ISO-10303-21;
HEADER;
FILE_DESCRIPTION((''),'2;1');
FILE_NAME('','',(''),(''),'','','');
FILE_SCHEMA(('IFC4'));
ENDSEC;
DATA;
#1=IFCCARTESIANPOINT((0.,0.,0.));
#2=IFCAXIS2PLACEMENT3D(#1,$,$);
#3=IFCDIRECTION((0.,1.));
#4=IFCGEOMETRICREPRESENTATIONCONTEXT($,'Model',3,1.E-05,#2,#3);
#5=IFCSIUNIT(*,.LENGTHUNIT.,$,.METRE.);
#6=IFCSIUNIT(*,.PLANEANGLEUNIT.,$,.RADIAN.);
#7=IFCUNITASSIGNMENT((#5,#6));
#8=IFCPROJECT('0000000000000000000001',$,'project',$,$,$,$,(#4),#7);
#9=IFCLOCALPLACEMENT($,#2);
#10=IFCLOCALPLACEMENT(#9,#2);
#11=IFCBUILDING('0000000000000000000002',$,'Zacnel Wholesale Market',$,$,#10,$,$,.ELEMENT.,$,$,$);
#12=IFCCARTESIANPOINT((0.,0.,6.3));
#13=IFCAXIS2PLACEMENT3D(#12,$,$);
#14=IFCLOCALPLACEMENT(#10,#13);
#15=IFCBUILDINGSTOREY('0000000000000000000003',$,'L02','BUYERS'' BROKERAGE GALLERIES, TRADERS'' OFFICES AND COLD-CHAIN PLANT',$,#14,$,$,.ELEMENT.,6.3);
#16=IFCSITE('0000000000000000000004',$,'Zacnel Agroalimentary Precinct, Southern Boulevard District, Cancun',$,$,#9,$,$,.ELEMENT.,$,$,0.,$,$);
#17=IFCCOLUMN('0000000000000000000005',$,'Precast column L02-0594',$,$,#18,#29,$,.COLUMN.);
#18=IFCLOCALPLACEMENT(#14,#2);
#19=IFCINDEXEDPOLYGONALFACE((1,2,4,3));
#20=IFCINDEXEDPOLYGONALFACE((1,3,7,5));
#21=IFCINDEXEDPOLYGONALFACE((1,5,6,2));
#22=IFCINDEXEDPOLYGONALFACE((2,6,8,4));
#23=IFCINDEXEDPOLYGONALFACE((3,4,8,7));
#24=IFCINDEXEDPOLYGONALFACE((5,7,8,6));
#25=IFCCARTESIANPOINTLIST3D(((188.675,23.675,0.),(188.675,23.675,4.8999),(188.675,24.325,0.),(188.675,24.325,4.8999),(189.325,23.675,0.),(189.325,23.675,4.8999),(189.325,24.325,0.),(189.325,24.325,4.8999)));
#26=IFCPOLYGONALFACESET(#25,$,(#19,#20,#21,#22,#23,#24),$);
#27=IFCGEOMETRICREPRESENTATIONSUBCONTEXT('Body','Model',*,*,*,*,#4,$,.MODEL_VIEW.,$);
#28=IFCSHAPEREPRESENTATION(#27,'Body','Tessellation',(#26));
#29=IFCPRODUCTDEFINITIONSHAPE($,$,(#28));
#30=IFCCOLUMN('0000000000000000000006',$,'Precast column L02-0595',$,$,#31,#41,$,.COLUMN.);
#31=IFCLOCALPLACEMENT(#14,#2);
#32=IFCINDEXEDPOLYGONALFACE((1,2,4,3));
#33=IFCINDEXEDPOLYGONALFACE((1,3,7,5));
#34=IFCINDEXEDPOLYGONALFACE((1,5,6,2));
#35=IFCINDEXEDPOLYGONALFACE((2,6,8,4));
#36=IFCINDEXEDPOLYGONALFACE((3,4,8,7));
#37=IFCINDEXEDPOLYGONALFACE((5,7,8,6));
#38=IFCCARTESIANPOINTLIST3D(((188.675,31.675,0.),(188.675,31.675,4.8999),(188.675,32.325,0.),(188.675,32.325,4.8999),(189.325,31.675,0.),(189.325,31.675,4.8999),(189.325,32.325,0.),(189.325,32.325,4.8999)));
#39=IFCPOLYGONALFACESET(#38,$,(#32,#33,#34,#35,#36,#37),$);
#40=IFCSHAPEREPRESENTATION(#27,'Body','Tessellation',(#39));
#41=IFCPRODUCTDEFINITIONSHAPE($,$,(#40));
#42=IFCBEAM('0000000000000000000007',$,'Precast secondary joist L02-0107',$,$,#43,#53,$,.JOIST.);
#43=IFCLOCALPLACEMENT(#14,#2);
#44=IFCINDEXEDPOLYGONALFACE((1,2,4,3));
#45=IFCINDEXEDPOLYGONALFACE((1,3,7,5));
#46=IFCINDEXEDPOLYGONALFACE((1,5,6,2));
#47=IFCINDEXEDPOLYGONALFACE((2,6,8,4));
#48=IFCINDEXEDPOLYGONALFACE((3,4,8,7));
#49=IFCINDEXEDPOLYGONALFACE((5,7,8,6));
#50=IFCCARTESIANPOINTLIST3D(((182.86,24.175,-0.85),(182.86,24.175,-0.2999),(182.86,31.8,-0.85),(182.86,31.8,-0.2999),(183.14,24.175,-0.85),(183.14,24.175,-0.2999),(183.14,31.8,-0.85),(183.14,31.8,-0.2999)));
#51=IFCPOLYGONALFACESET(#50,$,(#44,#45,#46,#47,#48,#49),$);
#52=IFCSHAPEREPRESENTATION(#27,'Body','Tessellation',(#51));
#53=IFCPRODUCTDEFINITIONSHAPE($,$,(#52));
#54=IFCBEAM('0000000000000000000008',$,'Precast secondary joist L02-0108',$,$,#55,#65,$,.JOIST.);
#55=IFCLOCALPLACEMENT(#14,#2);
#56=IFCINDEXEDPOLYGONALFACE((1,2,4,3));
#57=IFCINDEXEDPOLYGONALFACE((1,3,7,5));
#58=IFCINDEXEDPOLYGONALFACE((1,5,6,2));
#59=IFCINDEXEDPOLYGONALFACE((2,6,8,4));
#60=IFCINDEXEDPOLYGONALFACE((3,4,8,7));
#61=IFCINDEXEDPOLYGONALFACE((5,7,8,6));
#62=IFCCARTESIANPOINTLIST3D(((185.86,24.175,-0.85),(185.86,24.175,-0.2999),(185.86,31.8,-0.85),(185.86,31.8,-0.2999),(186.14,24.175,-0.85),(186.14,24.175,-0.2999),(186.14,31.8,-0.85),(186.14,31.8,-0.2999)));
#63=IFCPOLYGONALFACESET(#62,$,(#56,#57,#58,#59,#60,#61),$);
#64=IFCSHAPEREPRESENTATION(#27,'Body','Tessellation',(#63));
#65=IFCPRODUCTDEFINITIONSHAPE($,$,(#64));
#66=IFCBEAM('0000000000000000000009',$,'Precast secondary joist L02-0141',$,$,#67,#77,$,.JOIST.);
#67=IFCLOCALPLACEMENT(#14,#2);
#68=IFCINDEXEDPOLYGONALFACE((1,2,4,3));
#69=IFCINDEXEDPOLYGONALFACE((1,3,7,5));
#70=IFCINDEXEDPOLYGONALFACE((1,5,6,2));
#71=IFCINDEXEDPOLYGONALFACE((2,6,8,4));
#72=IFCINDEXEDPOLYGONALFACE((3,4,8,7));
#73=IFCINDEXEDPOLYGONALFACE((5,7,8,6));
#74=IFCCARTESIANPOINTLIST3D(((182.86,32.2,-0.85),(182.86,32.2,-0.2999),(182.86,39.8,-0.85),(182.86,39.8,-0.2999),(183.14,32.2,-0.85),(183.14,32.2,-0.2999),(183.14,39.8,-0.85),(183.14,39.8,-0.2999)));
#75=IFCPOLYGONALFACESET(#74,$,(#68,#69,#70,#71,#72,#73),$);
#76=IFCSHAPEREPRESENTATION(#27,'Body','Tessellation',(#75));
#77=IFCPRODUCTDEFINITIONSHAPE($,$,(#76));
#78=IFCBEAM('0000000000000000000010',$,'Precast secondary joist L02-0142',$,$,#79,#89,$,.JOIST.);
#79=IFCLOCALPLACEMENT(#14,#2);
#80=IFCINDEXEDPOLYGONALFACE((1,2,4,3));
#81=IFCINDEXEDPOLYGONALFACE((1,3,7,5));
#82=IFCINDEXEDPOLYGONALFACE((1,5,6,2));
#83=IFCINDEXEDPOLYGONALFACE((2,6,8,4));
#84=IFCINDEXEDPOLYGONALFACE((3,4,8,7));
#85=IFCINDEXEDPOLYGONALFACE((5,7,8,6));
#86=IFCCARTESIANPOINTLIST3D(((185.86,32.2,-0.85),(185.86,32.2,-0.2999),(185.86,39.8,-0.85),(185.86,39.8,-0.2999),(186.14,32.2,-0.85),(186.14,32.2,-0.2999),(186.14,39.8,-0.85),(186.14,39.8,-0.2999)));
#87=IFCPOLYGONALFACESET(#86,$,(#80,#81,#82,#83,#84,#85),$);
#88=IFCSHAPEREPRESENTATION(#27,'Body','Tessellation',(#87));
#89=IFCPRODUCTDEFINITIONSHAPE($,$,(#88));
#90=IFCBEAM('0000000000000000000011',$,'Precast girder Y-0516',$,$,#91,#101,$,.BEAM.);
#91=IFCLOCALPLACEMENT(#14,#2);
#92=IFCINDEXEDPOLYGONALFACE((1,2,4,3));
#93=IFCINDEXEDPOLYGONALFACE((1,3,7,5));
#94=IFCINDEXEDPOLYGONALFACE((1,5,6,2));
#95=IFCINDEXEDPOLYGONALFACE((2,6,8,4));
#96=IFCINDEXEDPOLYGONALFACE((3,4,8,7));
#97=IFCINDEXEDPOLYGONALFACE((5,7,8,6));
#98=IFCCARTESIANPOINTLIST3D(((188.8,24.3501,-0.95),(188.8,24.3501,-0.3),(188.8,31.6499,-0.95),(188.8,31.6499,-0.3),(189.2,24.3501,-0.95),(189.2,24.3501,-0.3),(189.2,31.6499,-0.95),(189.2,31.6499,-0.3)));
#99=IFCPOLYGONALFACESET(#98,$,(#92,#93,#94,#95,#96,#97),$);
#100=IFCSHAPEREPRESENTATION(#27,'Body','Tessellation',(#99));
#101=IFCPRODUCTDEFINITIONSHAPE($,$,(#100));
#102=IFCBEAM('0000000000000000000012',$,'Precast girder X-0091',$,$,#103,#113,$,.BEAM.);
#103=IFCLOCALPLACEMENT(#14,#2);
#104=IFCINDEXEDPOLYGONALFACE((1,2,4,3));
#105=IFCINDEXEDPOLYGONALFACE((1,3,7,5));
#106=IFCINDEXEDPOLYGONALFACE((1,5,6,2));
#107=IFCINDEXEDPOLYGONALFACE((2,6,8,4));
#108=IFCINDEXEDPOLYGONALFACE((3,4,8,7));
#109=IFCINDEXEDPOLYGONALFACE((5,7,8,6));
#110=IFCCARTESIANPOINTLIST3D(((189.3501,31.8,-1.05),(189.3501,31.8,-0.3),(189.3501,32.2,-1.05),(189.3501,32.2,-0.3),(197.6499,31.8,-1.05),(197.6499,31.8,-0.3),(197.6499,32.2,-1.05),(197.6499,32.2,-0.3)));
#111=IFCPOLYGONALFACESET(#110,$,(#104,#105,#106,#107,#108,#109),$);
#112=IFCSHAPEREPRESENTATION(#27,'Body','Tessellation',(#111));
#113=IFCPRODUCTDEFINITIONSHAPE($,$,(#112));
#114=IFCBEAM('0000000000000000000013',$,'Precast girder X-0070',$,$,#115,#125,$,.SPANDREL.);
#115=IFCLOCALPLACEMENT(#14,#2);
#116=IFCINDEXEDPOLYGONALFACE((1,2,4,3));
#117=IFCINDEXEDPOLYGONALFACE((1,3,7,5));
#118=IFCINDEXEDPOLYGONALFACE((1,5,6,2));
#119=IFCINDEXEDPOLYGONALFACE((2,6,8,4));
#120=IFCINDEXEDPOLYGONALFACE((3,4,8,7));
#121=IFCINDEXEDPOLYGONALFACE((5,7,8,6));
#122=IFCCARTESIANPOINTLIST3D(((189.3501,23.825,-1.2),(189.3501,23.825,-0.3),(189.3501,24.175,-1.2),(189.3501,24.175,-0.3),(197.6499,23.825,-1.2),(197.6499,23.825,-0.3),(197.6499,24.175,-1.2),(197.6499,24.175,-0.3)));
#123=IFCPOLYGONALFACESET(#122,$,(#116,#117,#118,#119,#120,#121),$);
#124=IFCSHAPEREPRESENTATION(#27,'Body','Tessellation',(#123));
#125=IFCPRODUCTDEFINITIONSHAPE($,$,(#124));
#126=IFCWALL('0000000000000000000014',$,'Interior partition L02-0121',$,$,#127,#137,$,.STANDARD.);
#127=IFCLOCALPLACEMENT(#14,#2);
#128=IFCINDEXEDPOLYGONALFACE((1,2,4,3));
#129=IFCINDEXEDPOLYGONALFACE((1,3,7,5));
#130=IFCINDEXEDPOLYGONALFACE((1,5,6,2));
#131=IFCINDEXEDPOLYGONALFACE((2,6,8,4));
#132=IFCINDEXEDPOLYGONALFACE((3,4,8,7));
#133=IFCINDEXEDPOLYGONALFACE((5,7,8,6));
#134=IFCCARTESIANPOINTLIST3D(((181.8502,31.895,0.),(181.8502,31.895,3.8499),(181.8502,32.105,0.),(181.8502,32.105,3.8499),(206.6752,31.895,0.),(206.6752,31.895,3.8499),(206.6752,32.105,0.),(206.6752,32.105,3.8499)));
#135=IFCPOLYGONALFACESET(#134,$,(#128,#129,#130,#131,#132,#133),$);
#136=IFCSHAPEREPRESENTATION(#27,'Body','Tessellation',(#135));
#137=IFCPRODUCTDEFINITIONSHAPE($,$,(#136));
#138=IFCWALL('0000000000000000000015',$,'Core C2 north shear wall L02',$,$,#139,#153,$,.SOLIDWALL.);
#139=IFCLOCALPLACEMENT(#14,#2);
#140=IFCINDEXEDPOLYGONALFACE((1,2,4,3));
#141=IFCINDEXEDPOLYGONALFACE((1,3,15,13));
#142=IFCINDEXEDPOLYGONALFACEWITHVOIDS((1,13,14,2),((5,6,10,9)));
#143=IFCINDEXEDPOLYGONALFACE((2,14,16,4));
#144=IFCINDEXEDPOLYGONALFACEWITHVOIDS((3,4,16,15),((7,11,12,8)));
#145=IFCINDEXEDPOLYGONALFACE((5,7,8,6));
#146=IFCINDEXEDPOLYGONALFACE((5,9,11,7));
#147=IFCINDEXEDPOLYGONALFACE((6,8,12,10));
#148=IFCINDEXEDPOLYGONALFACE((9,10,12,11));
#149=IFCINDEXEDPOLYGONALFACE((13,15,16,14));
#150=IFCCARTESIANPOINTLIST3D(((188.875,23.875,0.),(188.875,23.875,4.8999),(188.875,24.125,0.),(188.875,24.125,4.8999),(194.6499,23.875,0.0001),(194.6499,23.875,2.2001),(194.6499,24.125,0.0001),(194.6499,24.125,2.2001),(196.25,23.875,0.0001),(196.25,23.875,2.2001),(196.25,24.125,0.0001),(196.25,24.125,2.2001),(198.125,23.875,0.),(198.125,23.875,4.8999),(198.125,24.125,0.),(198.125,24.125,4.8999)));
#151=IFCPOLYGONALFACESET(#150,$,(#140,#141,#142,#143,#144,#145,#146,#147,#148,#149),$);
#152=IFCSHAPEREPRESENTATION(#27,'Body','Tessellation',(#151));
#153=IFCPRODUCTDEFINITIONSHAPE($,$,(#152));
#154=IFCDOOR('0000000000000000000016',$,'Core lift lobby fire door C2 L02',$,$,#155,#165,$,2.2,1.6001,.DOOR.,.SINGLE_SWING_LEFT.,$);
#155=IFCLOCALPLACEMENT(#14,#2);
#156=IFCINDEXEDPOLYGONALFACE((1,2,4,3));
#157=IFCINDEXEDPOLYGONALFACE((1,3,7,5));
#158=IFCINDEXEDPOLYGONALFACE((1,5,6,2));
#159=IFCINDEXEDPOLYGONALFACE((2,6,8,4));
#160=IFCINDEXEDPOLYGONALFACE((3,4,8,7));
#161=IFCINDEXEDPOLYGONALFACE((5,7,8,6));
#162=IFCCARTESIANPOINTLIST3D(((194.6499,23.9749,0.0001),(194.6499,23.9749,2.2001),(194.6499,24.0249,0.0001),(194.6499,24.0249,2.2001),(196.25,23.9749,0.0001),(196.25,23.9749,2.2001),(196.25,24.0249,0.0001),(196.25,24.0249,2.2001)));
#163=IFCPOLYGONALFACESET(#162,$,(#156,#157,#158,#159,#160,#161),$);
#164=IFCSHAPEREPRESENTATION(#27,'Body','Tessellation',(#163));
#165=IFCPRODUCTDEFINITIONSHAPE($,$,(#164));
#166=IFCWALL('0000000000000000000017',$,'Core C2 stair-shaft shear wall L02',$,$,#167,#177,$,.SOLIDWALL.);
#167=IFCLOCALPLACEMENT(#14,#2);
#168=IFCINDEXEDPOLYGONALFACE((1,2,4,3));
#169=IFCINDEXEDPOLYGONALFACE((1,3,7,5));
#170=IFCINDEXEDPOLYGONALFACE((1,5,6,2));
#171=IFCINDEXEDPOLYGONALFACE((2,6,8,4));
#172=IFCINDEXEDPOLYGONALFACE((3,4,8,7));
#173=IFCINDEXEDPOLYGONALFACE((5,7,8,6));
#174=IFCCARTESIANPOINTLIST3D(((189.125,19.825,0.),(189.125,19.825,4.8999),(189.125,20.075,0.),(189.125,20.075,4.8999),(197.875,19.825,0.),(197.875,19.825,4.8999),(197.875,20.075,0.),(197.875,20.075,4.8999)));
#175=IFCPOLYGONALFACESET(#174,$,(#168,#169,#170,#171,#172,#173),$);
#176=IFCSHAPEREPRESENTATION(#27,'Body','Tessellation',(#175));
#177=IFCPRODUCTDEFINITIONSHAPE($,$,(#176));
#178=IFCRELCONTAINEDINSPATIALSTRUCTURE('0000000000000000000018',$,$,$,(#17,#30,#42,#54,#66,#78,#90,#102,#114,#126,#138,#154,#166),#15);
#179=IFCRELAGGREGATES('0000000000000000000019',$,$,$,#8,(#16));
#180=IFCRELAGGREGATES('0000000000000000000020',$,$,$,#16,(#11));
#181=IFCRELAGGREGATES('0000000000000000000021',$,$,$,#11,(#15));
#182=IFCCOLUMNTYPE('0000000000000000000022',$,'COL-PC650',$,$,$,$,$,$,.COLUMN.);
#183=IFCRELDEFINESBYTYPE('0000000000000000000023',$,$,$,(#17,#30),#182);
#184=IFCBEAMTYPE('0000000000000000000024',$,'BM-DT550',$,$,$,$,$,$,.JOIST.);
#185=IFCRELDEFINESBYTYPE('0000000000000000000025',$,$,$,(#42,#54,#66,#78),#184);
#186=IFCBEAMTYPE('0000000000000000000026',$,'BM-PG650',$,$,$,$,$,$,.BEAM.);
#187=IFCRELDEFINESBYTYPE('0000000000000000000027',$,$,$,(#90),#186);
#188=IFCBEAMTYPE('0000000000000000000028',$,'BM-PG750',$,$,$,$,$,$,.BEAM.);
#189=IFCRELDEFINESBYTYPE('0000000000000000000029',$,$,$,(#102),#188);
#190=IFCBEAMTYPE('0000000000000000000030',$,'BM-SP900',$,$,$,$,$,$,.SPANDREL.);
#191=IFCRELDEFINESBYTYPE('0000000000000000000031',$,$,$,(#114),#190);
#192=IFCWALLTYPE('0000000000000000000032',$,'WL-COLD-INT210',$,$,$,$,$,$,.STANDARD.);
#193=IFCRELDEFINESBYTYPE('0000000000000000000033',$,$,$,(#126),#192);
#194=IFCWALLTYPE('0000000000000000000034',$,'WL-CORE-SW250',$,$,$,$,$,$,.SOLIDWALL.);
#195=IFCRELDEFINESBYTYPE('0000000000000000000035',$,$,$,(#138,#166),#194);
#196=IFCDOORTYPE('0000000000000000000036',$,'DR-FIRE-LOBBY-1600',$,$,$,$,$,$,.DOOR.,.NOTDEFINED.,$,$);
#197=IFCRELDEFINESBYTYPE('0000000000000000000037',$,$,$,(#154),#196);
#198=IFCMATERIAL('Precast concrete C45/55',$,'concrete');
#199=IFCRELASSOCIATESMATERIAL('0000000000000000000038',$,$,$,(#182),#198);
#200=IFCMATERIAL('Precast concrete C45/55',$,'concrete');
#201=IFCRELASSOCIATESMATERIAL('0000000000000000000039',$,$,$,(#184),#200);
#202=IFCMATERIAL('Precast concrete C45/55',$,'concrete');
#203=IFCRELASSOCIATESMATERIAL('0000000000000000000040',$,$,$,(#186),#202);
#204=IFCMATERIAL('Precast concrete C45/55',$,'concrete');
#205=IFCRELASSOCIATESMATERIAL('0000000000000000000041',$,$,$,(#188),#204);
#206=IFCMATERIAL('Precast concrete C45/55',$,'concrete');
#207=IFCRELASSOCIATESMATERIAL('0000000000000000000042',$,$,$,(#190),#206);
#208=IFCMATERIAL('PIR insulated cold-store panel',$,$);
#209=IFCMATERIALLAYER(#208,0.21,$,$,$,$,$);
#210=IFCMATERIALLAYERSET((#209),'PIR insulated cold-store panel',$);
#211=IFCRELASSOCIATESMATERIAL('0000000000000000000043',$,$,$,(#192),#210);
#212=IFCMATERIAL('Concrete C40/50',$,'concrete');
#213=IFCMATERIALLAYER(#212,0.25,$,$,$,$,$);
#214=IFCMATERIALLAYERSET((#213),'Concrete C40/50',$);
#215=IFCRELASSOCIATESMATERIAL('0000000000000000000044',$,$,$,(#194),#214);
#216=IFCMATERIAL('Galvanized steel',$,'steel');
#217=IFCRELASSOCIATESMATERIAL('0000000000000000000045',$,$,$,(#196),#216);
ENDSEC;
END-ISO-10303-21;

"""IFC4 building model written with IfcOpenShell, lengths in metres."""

from ifc_helpers import new_model, si_unit, direction, frame, frame_2d, origin, origin_2d, place, context, subcontext, project, spatial, rectangle, extrude, material, layer, layer_set, material_profile, profile_set, type_object, element, fill, save


model = new_model("IFC4")

# Units and contexts
model_context = context("Model", 3, precision=1e-05, world=origin(), true_north=direction((0.0, 1.0)))
body_context = subcontext(model_context, "Body", "Model", "MODEL_VIEW")
ifc_project = project(units=[si_unit("LENGTHUNIT", "METRE"), si_unit("PLANEANGLEUNIT", "RADIAN")], contexts=[model_context])

# Site, building, storey
site_placement = place(None, origin())
site = spatial("IfcSite", under=ifc_project, at=site_placement, Name="Zacnel Agroalimentary Precinct, Southern Boulevard District, Cancun", CompositionType="ELEMENT", RefElevation=0.0)
building_placement = place(site_placement, origin())
building = spatial("IfcBuilding", under=site, at=building_placement, Name="Zacnel Wholesale Market", CompositionType="ELEMENT")
storey_placement = place(building_placement, frame((0.0, 0.0, 6.3)))
storey = spatial("IfcBuildingStorey", under=building, at=storey_placement, Name="L02", Description="BUYERS' BROKERAGE GALLERIES, TRADERS' OFFICES AND COLD-CHAIN PLANT", CompositionType="ELEMENT", Elevation=6.3)

# Columns
ifc_material_1 = material(Name="Precast concrete C45/55", Category="concrete")
ifc_material_profile_1 = material_profile(ifc_material_1, rectangle(XDim=0.6499, YDim=0.6499, at=origin_2d()), Name="PC 650x650")
ifc_profile_set_1 = profile_set([ifc_material_profile_1], Name="Precast concrete C45/55")
column_type = type_object("IfcColumnType", Name="COL-PC650", PredefinedType="COLUMN", material=ifc_profile_set_1)
for number, where, z_axis, x_axis, name in (
    (1, (189.0, 24.0, 0.0), (0.0, 0.0, 1.0), (1.0, 0.0, 0.0), "Precast column L02-0594"),
    (2, (189.0, 32.0, 0.0), (0.0, 0.0, 1.0), (1.0, 0.0, 0.0), "Precast column L02-0595"),
):
    element("IfcColumn", number, at=place(storey_placement, frame(where, z_axis=z_axis, x_axis=x_axis)), inside=storey, type_object=column_type, Name=name, PredefinedType="COLUMN", context=body_context, shape_type="SweptSolid", body=[
        extrude(rectangle(XDim=0.6499, YDim=0.6499, at=origin_2d()), origin(), (0.0, 0.0, 1.0), 4.8999),
    ])

# Beams
ifc_material_2 = material(Name="Precast concrete C45/55", Category="concrete")
ifc_material_profile_2 = material_profile(ifc_material_2, rectangle(XDim=0.28, YDim=0.55, at=origin_2d()), Name="DT RIB 280x550")
ifc_profile_set_2 = profile_set([ifc_material_profile_2], Name="Precast concrete C45/55")
beam_type_1 = type_object("IfcBeamType", Name="BM-DT550", PredefinedType="JOIST", material=ifc_profile_set_2)
for number, where, z_axis, x_axis, name in (
    (3, (183.0, 24.175, -0.575), (0.0, 1.0, 0.0), (-1.0, 0.0, 0.0), "Precast secondary joist L02-0107"),
    (4, (186.0, 24.175, -0.575), (0.0, 1.0, 0.0), (-1.0, 0.0, 0.0), "Precast secondary joist L02-0108"),
):
    element("IfcBeam", number, at=place(storey_placement, frame(where, z_axis=z_axis, x_axis=x_axis)), inside=storey, type_object=beam_type_1, Name=name, PredefinedType="JOIST", context=body_context, shape_type="SweptSolid", body=[
        extrude(rectangle(XDim=0.28, YDim=0.55, at=origin_2d()), origin(), (0.0, 0.0, 1.0), 7.625),
    ])
for number, where, z_axis, x_axis, name in (
    (5, (183.0, 32.2, -0.575), (0.0, 1.0, 0.0), (-1.0, 0.0, 0.0), "Precast secondary joist L02-0141"),
    (6, (186.0, 32.2, -0.575), (0.0, 1.0, 0.0), (-1.0, 0.0, 0.0), "Precast secondary joist L02-0142"),
):
    element("IfcBeam", number, at=place(storey_placement, frame(where, z_axis=z_axis, x_axis=x_axis)), inside=storey, type_object=beam_type_1, Name=name, PredefinedType="JOIST", context=body_context, shape_type="SweptSolid", body=[
        extrude(rectangle(XDim=0.28, YDim=0.55, at=origin_2d()), origin(), (0.0, 0.0, 1.0), 7.6001),
    ])
ifc_material_3 = material(Name="Precast concrete C45/55", Category="concrete")
ifc_material_profile_3 = material_profile(ifc_material_3, rectangle(XDim=0.3999, YDim=0.6499, at=origin_2d()), Name="PG 400x650")
ifc_profile_set_3 = profile_set([ifc_material_profile_3], Name="Precast concrete C45/55")
beam_type_2 = type_object("IfcBeamType", Name="BM-PG650", PredefinedType="BEAM", material=ifc_profile_set_3)
beam_1_placement = place(storey_placement, frame((189.0, 24.3501, -0.625), z_axis=(0.0, 1.0, 0.0), x_axis=(-1.0, 0.0, 0.0)))
element("IfcBeam", 7, at=beam_1_placement, inside=storey, type_object=beam_type_2, Name="Precast girder Y-0516", PredefinedType="BEAM", context=body_context, shape_type="SweptSolid", body=[
    extrude(rectangle(XDim=0.3999, YDim=0.6499, at=origin_2d()), origin(), (0.0, 0.0, 1.0), 7.2998),
])
ifc_material_4 = material(Name="Precast concrete C45/55", Category="concrete")
ifc_material_profile_4 = material_profile(ifc_material_4, rectangle(XDim=0.3999, YDim=0.75, at=origin_2d()), Name="PG 400x750")
ifc_profile_set_4 = profile_set([ifc_material_profile_4], Name="Precast concrete C45/55")
beam_type_3 = type_object("IfcBeamType", Name="BM-PG750", PredefinedType="BEAM", material=ifc_profile_set_4)
beam_2_placement = place(storey_placement, frame((189.3501, 32.0, -0.675), z_axis=(1.0, 0.0, 0.0), x_axis=(0.0, 1.0, 0.0)))
element("IfcBeam", 8, at=beam_2_placement, inside=storey, type_object=beam_type_3, Name="Precast girder X-0091", PredefinedType="BEAM", context=body_context, shape_type="SweptSolid", body=[
    extrude(rectangle(XDim=0.3999, YDim=0.75, at=origin_2d()), origin(), (0.0, 0.0, 1.0), 8.2998),
])
ifc_material_5 = material(Name="Precast concrete C45/55", Category="concrete")
ifc_material_profile_5 = material_profile(ifc_material_5, rectangle(XDim=0.3501, YDim=0.8999, at=origin_2d()), Name="SP 350x900")
ifc_profile_set_5 = profile_set([ifc_material_profile_5], Name="Precast concrete C45/55")
beam_type_4 = type_object("IfcBeamType", Name="BM-SP900", PredefinedType="SPANDREL", material=ifc_profile_set_5)
beam_3_placement = place(storey_placement, frame((189.3501, 24.0, -0.75), z_axis=(1.0, 0.0, 0.0), x_axis=(0.0, 1.0, 0.0)))
element("IfcBeam", 9, at=beam_3_placement, inside=storey, type_object=beam_type_4, Name="Precast girder X-0070", PredefinedType="SPANDREL", context=body_context, shape_type="SweptSolid", body=[
    extrude(rectangle(XDim=0.3501, YDim=0.8999, at=origin_2d()), origin(), (0.0, 0.0, 1.0), 8.2998),
])

# Wall
ifc_material_6 = material(Name="PIR insulated cold-store panel")
ifc_layer_1 = layer(ifc_material_6, 0.21)
ifc_layer_set_1 = layer_set([ifc_layer_1], Name="PIR insulated cold-store panel")
wall_type_1 = type_object("IfcWallType", Name="WL-COLD-INT210", PredefinedType="STANDARD", material=ifc_layer_set_1)
wall_1_placement = place(storey_placement, frame((181.8501, 32.0, 0.0), z_axis=(0.0, 0.0, 1.0), x_axis=(1.0, 0.0, 0.0)))
element("IfcWall", 10, at=wall_1_placement, inside=storey, type_object=wall_type_1, Name="Interior partition L02-0121", PredefinedType="STANDARD", context=body_context, shape_type="SweptSolid", body=[
    extrude(rectangle(XDim=24.825, YDim=0.21, at=frame_2d((12.4126, 0.0))), origin(), (0.0, 0.0, 1.0), 3.8499),
])

# Wall, opening, door
ifc_material_7 = material(Name="Concrete C40/50", Category="concrete")
ifc_layer_2 = layer(ifc_material_7, 0.25)
ifc_layer_set_2 = layer_set([ifc_layer_2], Name="Concrete C40/50")
wall_type_2 = type_object("IfcWallType", Name="WL-CORE-SW250", PredefinedType="SOLIDWALL", material=ifc_layer_set_2)
wall_2_placement = place(storey_placement, frame((188.875, 24.0, 0.0), z_axis=(0.0, 0.0, 1.0), x_axis=(1.0, 0.0, 0.0)))
wall_2 = element("IfcWall", 11, at=wall_2_placement, inside=storey, type_object=wall_type_2, Name="Core C2 north shear wall L02", PredefinedType="SOLIDWALL", context=body_context, shape_type="SweptSolid", body=[
    extrude(rectangle(XDim=9.25, YDim=0.25, at=frame_2d((4.625, 0.0))), origin(), (0.0, 0.0, 1.0), 4.8999),
])
opening_1_placement = place(wall_2_placement, frame((5.7749, 0.0, 0.0)))
opening_1 = element("IfcOpeningElement", 12, at=opening_1_placement, cuts=wall_2, PredefinedType="OPENING", context=body_context, shape_type="SweptSolid", body=[
    extrude(rectangle(XDim=1.6001, YDim=2.2, at=frame_2d((0.8, 1.1001))), frame((0.0, 0.135, 0.0), z_axis=(0.0, -1.0, 0.0), x_axis=(1.0, 0.0, 0.0)), (0.0, 0.0, 1.0), 0.27),
])
ifc_material_8 = material(Name="Galvanized steel", Category="steel")
door_type_1 = type_object("IfcDoorType", Name="DR-FIRE-LOBBY-1600", OperationType="NOTDEFINED", PredefinedType="DOOR", material=ifc_material_8)
door_1_placement = place(opening_1_placement, origin())
door_1 = element("IfcDoor", 13, at=door_1_placement, inside=storey, type_object=door_type_1, Name="Core lift lobby fire door C2 L02", OperationType="SINGLE_SWING_LEFT", OverallHeight=2.2, OverallWidth=1.6001, PredefinedType="DOOR", context=body_context, shape_type="SweptSolid", body=[
    extrude(rectangle(XDim=1.6001, YDim=2.2, at=frame_2d((0.8, 1.1001))), frame((0.0, 0.0249, 0.0), z_axis=(0.0, -1.0, 0.0), x_axis=(1.0, 0.0, 0.0)), (0.0, 0.0, 1.0), 0.05),
])
fill(opening_1, door_1)

# Wall
wall_3_placement = place(storey_placement, frame((189.125, 19.95, 0.0), z_axis=(0.0, 0.0, 1.0), x_axis=(1.0, 0.0, 0.0)))
element("IfcWall", 14, at=wall_3_placement, inside=storey, type_object=wall_type_2, Name="Core C2 stair-shaft shear wall L02", PredefinedType="SOLIDWALL", context=body_context, shape_type="SweptSolid", body=[
    extrude(rectangle(XDim=8.75, YDim=0.25, at=frame_2d((4.375, 0.0))), origin(), (0.0, 0.0, 1.0), 4.8999),
])

save(model, "model.ifc")
